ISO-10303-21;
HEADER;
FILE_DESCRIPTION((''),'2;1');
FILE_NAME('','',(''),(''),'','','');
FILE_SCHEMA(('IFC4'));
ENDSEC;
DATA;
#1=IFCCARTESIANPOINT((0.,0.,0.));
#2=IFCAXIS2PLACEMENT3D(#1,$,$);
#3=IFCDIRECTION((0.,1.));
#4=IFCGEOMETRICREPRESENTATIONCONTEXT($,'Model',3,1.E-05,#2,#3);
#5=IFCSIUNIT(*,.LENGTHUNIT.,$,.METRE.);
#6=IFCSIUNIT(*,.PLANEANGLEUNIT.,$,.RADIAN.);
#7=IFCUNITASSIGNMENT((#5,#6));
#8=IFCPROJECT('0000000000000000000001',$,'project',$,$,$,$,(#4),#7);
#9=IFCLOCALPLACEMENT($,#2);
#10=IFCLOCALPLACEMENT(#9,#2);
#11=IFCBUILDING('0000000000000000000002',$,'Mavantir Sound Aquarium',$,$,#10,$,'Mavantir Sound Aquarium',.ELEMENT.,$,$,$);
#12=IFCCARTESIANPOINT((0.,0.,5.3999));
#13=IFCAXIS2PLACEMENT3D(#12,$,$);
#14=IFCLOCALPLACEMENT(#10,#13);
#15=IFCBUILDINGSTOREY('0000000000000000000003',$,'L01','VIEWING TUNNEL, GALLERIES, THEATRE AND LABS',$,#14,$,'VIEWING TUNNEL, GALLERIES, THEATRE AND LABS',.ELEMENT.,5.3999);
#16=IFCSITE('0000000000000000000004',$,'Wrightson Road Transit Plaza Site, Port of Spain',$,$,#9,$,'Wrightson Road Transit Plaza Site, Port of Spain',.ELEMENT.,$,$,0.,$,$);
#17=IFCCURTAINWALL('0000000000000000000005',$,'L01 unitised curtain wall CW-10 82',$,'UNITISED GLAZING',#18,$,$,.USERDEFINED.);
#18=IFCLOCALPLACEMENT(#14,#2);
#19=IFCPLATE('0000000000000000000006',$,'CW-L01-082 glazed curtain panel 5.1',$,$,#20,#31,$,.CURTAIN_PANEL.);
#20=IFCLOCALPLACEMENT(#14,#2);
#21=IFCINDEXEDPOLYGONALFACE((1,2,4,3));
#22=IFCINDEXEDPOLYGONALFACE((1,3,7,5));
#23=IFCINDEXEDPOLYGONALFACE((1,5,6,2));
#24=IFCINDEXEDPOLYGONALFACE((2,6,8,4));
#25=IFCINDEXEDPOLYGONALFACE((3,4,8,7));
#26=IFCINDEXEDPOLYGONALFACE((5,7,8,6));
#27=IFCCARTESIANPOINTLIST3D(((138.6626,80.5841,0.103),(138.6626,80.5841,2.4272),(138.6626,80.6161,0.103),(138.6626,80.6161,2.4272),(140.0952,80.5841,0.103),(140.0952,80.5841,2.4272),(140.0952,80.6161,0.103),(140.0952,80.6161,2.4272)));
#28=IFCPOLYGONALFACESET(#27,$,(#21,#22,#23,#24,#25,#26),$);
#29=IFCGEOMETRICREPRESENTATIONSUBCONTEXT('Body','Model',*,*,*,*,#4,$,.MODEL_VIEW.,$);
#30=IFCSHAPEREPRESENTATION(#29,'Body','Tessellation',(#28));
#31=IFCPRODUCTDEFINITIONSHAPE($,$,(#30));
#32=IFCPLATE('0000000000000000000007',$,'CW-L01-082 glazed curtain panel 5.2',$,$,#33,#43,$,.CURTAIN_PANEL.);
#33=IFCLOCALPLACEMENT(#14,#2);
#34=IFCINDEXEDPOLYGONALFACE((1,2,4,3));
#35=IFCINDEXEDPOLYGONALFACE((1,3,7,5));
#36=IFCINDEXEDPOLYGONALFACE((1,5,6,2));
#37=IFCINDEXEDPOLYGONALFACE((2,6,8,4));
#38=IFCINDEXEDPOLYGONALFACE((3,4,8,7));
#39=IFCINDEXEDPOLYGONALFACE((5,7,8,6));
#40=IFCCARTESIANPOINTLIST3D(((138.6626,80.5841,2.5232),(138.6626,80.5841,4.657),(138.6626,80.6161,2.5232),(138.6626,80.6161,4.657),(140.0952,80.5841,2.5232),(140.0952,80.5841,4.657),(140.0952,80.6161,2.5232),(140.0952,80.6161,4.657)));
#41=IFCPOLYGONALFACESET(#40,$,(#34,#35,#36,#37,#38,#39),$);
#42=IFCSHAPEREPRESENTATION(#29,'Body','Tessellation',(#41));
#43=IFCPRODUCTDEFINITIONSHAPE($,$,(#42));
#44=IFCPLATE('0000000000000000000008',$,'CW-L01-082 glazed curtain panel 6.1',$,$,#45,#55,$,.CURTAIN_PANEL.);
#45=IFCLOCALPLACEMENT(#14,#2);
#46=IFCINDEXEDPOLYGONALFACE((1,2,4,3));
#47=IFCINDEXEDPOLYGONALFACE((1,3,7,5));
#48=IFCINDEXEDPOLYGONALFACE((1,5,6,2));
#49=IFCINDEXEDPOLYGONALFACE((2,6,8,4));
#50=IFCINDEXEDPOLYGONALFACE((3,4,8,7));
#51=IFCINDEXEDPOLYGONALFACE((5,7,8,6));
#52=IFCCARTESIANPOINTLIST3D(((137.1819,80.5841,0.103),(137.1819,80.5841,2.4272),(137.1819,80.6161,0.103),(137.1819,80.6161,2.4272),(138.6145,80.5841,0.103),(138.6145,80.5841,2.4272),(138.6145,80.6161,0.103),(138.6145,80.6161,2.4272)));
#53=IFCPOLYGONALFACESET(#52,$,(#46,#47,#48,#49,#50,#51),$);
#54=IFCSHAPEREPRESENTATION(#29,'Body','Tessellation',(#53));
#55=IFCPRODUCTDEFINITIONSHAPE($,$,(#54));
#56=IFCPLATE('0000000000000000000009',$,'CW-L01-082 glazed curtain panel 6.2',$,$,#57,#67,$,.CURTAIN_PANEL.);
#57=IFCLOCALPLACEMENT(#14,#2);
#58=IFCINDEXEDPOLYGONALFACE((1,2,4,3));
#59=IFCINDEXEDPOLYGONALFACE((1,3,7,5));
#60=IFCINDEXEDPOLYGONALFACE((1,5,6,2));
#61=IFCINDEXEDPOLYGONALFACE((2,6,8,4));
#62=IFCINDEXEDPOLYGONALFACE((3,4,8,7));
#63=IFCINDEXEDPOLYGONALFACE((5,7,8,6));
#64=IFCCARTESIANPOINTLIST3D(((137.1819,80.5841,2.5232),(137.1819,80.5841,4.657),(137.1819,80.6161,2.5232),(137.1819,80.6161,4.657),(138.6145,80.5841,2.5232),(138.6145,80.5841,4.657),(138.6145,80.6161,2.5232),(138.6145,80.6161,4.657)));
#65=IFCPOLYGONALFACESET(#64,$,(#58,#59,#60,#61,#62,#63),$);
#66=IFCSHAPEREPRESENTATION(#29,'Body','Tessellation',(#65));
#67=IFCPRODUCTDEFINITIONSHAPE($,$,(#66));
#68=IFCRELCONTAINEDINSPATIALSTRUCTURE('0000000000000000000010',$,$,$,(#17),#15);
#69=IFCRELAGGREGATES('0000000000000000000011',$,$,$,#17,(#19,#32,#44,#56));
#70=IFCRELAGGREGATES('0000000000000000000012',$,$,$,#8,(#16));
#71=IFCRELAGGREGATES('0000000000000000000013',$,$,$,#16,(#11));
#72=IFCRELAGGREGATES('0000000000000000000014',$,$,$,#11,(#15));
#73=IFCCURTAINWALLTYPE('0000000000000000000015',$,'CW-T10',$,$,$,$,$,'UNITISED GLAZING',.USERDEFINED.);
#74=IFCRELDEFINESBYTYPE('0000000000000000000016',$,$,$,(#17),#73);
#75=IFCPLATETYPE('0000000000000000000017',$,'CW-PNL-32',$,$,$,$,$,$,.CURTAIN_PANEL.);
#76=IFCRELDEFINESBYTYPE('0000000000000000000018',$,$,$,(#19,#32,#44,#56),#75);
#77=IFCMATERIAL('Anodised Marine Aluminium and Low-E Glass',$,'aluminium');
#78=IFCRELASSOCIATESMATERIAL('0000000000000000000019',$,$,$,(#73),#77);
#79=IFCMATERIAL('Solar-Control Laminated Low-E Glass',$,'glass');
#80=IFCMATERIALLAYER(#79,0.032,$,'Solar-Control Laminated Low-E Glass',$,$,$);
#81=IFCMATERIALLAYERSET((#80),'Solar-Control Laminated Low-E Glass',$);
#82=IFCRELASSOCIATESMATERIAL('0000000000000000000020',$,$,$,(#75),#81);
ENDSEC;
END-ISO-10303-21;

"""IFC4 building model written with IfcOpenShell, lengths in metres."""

from ifc_helpers import new_model, si_unit, direction, frame, origin, origin_2d, place, context, subcontext, project, spatial, rectangle, extrude, material, layer, layer_set, type_object, element, aggregate, save


model = new_model("IFC4")

# Units and contexts
model_context = context("Model", 3, precision=1e-05, world=origin(), true_north=direction((0.0, 1.0)))
body_context = subcontext(model_context, "Body", "Model", "MODEL_VIEW")
ifc_project = project(units=[si_unit("LENGTHUNIT", "METRE"), si_unit("PLANEANGLEUNIT", "RADIAN")], contexts=[model_context])

# Site, building, storey
site_placement = place(None, origin())
site = spatial("IfcSite", under=ifc_project, at=site_placement, Name="Wrightson Road Transit Plaza Site, Port of Spain", LongName="Wrightson Road Transit Plaza Site, Port of Spain", CompositionType="ELEMENT", RefElevation=0.0)
building_placement = place(site_placement, origin())
building = spatial("IfcBuilding", under=site, at=building_placement, Name="Mavantir Sound Aquarium", LongName="Mavantir Sound Aquarium", CompositionType="ELEMENT")
storey_placement = place(building_placement, frame((0.0, 0.0, 5.3999)))
storey = spatial("IfcBuildingStorey", under=building, at=storey_placement, Name="L01", Description="VIEWING TUNNEL, GALLERIES, THEATRE AND LABS", LongName="VIEWING TUNNEL, GALLERIES, THEATRE AND LABS", CompositionType="ELEMENT", Elevation=5.3999)

# Curtain wall, plates
ifc_material_1 = material(Name="Anodised Marine Aluminium and Low-E Glass", Category="aluminium")
curtain_wall_type = type_object("IfcCurtainWallType", Name="CW-T10", ElementType="UNITISED GLAZING", PredefinedType="USERDEFINED", material=ifc_material_1)
curtain_wall_placement = place(storey_placement, origin())
curtain_wall = element("IfcCurtainWall", 1, at=curtain_wall_placement, inside=storey, type_object=curtain_wall_type, Name="L01 unitised curtain wall CW-10 82", ObjectType="UNITISED GLAZING", PredefinedType="USERDEFINED")
ifc_material_2 = material(Name="Solar-Control Laminated Low-E Glass", Category="glass")
ifc_layer = layer(ifc_material_2, 0.032, Name="Solar-Control Laminated Low-E Glass")
ifc_layer_set = layer_set([ifc_layer], Name="Solar-Control Laminated Low-E Glass")
plate_type = type_object("IfcPlateType", Name="CW-PNL-32", PredefinedType="CURTAIN_PANEL", material=ifc_layer_set)
plate_1_placement = place(storey_placement, frame((139.3789, 80.6001, 0.103), z_axis=(0.0, 0.0, 1.0), x_axis=(-1.0, 0.0, 0.0)))
plate_1 = element("IfcPlate", 2, at=plate_1_placement, type_object=plate_type, Name="CW-L01-082 glazed curtain panel 5.1", PredefinedType="CURTAIN_PANEL", context=body_context, shape_type="SweptSolid", body=[
    extrude(rectangle(XDim=1.4326, YDim=0.032, at=origin_2d()), origin(), (0.0, 0.0, 1.0), 2.3242),
])
plate_2_placement = place(storey_placement, frame((139.3789, 80.6001, 2.5232), z_axis=(0.0, 0.0, 1.0), x_axis=(-1.0, 0.0, 0.0)))
plate_2 = element("IfcPlate", 3, at=plate_2_placement, type_object=plate_type, Name="CW-L01-082 glazed curtain panel 5.2", PredefinedType="CURTAIN_PANEL", context=body_context, shape_type="SweptSolid", body=[
    extrude(rectangle(XDim=1.4326, YDim=0.032, at=origin_2d()), origin(), (0.0, 0.0, 1.0), 2.1338),
])
plate_3_placement = place(storey_placement, frame((137.8982, 80.6001, 0.103), z_axis=(0.0, 0.0, 1.0), x_axis=(-1.0, 0.0, 0.0)))
plate_3 = element("IfcPlate", 4, at=plate_3_placement, type_object=plate_type, Name="CW-L01-082 glazed curtain panel 6.1", PredefinedType="CURTAIN_PANEL", context=body_context, shape_type="SweptSolid", body=[
    extrude(rectangle(XDim=1.4326, YDim=0.032, at=origin_2d()), origin(), (0.0, 0.0, 1.0), 2.3242),
])
plate_4_placement = place(storey_placement, frame((137.8982, 80.6001, 2.5232), z_axis=(0.0, 0.0, 1.0), x_axis=(-1.0, 0.0, 0.0)))
plate_4 = element("IfcPlate", 5, at=plate_4_placement, type_object=plate_type, Name="CW-L01-082 glazed curtain panel 6.2", PredefinedType="CURTAIN_PANEL", context=body_context, shape_type="SweptSolid", body=[
    extrude(rectangle(XDim=1.4326, YDim=0.032, at=origin_2d()), origin(), (0.0, 0.0, 1.0), 2.1338),
])
aggregate(curtain_wall, [plate_1, plate_2, plate_3, plate_4])

save(model, "model.ifc")
